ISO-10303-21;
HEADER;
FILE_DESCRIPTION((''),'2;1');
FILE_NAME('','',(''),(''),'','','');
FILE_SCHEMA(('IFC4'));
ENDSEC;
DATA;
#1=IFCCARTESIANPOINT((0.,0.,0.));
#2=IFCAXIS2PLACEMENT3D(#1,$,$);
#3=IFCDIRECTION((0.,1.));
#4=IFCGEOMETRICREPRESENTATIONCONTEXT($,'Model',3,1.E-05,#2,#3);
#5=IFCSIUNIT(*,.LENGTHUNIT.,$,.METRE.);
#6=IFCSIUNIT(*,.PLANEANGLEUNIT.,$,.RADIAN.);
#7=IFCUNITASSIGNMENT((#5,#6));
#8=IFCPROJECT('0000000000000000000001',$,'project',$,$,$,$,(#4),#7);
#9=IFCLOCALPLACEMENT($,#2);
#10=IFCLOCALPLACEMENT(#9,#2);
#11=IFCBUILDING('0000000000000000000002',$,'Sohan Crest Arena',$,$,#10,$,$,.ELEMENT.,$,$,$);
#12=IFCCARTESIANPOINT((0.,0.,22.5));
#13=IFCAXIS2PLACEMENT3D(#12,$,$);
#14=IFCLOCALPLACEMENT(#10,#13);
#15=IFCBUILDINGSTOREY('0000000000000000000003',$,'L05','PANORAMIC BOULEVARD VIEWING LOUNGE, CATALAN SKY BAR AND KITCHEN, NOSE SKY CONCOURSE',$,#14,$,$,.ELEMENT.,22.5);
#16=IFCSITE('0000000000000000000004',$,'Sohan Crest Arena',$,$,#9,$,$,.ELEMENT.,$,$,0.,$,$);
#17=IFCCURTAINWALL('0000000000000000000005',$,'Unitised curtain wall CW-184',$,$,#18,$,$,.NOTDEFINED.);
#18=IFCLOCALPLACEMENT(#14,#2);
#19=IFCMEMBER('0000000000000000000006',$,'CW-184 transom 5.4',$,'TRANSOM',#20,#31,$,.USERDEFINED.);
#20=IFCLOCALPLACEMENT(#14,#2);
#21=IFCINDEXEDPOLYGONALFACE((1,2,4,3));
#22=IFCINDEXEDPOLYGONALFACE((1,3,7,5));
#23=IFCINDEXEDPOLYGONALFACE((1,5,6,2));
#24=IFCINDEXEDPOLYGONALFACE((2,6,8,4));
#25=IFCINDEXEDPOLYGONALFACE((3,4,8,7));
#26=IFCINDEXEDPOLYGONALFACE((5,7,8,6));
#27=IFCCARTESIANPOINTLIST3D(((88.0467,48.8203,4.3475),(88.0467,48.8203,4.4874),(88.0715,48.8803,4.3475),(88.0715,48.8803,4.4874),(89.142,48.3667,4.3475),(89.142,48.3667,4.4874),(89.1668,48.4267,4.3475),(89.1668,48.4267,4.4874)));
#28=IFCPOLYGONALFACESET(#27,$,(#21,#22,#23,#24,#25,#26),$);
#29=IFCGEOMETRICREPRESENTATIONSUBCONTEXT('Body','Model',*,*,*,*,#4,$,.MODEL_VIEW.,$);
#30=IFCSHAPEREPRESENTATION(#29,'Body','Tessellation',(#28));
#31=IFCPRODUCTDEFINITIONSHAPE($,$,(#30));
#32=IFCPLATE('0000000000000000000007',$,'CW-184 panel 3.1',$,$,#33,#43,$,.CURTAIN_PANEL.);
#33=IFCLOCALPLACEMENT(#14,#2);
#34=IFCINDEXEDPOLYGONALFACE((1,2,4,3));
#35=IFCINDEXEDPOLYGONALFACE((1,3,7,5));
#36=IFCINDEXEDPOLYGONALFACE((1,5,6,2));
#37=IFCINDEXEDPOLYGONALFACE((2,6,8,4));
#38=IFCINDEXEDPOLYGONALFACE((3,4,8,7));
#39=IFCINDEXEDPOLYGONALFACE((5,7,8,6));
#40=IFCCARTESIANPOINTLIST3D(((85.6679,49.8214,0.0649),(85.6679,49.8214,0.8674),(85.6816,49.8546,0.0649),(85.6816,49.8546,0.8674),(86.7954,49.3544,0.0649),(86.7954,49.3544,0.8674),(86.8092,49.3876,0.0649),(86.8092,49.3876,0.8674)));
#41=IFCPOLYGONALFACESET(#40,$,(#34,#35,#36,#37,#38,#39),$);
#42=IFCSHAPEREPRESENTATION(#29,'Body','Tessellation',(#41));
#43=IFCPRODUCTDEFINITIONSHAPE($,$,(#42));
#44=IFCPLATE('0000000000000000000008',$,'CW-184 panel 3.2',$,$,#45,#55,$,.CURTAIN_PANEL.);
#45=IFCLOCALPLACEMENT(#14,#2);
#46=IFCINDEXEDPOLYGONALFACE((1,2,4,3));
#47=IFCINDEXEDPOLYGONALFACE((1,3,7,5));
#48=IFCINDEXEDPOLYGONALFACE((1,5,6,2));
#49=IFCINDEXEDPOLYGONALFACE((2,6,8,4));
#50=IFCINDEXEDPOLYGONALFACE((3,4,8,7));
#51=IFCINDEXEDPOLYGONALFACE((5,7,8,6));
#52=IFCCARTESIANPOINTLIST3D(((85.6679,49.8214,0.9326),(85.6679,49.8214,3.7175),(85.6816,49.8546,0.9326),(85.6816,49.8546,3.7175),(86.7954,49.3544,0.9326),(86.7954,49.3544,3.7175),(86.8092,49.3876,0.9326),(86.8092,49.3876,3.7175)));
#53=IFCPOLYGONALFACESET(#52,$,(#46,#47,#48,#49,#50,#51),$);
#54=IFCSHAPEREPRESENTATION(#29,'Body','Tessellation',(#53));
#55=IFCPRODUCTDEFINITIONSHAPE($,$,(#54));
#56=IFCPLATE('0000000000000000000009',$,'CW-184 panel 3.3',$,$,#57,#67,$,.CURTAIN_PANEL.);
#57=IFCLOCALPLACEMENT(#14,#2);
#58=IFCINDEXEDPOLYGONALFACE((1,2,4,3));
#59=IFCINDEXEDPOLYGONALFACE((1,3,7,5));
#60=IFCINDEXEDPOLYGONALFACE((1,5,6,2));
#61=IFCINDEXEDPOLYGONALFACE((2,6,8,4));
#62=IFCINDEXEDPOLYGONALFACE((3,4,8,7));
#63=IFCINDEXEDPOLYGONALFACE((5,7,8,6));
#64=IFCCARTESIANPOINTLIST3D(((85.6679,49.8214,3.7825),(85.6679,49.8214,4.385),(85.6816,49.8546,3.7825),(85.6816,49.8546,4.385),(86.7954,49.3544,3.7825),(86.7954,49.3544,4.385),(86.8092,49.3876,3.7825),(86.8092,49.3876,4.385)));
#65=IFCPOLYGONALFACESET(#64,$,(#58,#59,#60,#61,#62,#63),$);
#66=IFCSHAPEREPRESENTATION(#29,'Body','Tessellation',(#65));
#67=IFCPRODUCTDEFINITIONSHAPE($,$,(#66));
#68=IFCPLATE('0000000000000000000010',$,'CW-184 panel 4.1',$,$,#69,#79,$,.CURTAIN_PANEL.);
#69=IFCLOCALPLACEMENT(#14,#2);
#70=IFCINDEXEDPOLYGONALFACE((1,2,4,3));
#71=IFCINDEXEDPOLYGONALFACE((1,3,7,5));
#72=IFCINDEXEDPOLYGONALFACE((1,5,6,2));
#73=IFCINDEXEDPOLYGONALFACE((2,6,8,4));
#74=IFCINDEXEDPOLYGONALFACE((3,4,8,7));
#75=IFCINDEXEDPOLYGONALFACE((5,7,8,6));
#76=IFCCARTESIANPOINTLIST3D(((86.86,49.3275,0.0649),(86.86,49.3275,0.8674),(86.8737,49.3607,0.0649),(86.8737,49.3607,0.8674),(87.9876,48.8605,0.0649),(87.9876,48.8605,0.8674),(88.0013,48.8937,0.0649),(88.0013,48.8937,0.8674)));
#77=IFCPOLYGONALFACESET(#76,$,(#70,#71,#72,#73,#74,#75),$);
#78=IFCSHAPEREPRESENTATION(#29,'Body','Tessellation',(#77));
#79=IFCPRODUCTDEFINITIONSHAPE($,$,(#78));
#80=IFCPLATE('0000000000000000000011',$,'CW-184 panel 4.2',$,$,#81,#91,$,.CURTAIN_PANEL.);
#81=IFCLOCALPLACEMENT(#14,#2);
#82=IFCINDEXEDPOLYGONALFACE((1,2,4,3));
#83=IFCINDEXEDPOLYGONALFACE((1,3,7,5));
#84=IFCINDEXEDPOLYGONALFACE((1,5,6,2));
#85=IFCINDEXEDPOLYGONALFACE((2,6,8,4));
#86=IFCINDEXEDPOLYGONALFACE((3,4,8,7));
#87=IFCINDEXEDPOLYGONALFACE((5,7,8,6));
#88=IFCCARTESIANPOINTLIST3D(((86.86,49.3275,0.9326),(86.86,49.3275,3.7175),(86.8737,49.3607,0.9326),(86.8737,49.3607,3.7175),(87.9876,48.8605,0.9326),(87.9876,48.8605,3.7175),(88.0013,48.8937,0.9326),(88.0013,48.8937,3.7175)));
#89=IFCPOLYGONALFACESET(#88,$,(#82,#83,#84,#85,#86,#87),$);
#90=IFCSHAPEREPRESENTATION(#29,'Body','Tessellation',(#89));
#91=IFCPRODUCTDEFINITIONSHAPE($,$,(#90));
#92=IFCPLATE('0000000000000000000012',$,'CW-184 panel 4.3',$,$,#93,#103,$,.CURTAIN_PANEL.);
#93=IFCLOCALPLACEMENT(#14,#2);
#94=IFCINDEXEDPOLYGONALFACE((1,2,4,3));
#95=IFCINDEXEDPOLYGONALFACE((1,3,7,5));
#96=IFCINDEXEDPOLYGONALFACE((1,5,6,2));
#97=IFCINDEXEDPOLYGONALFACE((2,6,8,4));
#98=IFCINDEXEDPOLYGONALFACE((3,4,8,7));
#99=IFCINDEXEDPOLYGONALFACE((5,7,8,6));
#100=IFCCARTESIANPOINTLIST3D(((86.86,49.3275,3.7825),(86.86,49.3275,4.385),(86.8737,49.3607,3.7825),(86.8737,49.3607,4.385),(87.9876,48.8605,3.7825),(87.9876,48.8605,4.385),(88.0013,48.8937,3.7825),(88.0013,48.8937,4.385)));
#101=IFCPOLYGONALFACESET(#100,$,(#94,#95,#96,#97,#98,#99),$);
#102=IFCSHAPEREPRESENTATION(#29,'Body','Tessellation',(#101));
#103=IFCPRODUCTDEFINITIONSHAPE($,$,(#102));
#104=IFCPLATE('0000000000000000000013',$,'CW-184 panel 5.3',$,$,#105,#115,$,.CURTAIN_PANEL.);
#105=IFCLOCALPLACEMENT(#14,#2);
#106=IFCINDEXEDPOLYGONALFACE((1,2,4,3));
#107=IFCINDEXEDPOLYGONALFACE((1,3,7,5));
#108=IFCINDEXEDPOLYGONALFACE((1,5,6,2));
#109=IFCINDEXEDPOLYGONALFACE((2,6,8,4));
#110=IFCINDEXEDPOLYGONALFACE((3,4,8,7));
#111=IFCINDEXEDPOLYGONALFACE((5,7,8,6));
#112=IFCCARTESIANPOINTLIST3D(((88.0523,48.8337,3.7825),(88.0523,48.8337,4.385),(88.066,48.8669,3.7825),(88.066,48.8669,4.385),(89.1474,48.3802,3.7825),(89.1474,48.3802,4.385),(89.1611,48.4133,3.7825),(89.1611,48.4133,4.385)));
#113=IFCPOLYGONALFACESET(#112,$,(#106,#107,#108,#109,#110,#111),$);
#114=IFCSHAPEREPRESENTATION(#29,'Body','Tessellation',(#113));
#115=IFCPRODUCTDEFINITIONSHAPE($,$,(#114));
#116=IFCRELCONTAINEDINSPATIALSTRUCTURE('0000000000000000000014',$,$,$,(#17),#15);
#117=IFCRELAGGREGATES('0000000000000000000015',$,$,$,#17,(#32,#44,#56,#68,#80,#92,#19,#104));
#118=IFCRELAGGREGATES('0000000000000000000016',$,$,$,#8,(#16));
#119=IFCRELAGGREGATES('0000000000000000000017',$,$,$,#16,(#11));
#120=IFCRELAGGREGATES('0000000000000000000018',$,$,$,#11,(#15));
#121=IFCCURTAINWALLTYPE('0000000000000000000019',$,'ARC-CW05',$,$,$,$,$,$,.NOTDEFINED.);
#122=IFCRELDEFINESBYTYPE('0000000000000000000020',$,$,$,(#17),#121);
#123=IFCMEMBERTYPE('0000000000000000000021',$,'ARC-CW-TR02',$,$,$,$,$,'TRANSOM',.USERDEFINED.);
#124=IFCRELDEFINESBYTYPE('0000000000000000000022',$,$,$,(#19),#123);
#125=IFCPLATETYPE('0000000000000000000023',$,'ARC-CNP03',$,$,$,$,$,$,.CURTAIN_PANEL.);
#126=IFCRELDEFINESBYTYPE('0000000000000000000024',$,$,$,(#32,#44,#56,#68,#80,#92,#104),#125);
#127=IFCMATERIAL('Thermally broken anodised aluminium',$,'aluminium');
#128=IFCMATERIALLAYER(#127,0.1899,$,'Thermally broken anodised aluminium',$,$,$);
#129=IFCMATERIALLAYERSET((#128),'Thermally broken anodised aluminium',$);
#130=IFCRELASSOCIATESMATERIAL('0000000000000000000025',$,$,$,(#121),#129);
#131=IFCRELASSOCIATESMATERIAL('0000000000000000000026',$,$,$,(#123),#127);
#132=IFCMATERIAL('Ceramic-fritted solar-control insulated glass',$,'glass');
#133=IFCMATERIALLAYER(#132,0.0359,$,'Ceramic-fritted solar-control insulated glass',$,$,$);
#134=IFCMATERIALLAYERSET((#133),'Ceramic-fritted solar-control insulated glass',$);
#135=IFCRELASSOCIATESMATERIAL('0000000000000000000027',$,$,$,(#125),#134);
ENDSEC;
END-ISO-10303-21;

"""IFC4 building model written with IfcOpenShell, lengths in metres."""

from ifc_helpers import new_model, si_unit, direction, frame, origin, origin_2d, place, context, subcontext, project, spatial, rectangle, extrude, material, layer, layer_set, material_profile, profile_set, type_object, element, aggregate, save


model = new_model("IFC4")

# Units and contexts
model_context = context("Model", 3, precision=1e-05, world=origin(), true_north=direction((0.0, 1.0)))
body_context = subcontext(model_context, "Body", "Model", "MODEL_VIEW")
ifc_project = project(units=[si_unit("LENGTHUNIT", "METRE"), si_unit("PLANEANGLEUNIT", "RADIAN")], contexts=[model_context])

# Site, building, storey
site_placement = place(None, origin())
site = spatial("IfcSite", under=ifc_project, at=site_placement, Name="Sohan Crest Arena", CompositionType="ELEMENT", RefElevation=0.0)
building_placement = place(site_placement, origin())
building = spatial("IfcBuilding", under=site, at=building_placement, Name="Sohan Crest Arena", CompositionType="ELEMENT")
storey_placement = place(building_placement, frame((0.0, 0.0, 22.5)))
storey = spatial("IfcBuildingStorey", under=building, at=storey_placement, Name="L05", Description="PANORAMIC BOULEVARD VIEWING LOUNGE, CATALAN SKY BAR AND KITCHEN, NOSE SKY CONCOURSE", CompositionType="ELEMENT", Elevation=22.5)

# Curtain wall, member, plates
ifc_material_1 = material(Name="Thermally broken anodised aluminium", Category="aluminium")
ifc_layer_1 = layer(ifc_material_1, 0.1899, Name="Thermally broken anodised aluminium")
ifc_layer_set_1 = layer_set([ifc_layer_1], Name="Thermally broken anodised aluminium")
curtain_wall_type = type_object("IfcCurtainWallType", Name="ARC-CW05", PredefinedType="NOTDEFINED", material=ifc_layer_set_1)
curtain_wall_placement = place(storey_placement, origin())
curtain_wall = element("IfcCurtainWall", 1, at=curtain_wall_placement, inside=storey, type_object=curtain_wall_type, Name="Unitised curtain wall CW-184", PredefinedType="NOTDEFINED")
ifc_material_profile_1 = material_profile(ifc_material_1, rectangle(XDim=0.0649, YDim=0.1399, at=origin_2d()), Name="ALU-TRAN 65x140")
ifc_profile_set_1 = profile_set([ifc_material_profile_1], Name="Thermally broken anodised aluminium")
member_type_1 = type_object("IfcMemberType", Name="ARC-CW-TR02", ElementType="TRANSOM", PredefinedType="USERDEFINED", material=ifc_profile_set_1)
member_1_placement = place(storey_placement, frame((88.0591, 48.8503, 4.4175), z_axis=(0.923891, -0.382655, 0.0), x_axis=(0.382655, 0.923891, 0.0)))
member_1 = element("IfcMember", 2, at=member_1_placement, type_object=member_type_1, Name="CW-184 transom 5.4", ObjectType="TRANSOM", PredefinedType="USERDEFINED", context=body_context, shape_type="SweptSolid", body=[
    extrude(rectangle(XDim=0.0649, YDim=0.1399, at=origin_2d()), origin(), (0.0, 0.0, 1.0), 1.1855),
])
ifc_material_2 = material(Name="Ceramic-fritted solar-control insulated glass", Category="glass")
ifc_layer_2 = layer(ifc_material_2, 0.0359, Name="Ceramic-fritted solar-control insulated glass")
ifc_layer_set_2 = layer_set([ifc_layer_2], Name="Ceramic-fritted solar-control insulated glass")
plate_type = type_object("IfcPlateType", Name="ARC-CNP03", PredefinedType="CURTAIN_PANEL", material=ifc_layer_set_2)
plate_1_placement = place(storey_placement, frame((86.2385, 49.6045, 0.0649), z_axis=(0.0, 0.0, 1.0), x_axis=(0.923886, -0.382667, 0.0)))
plate_1 = element("IfcPlate", 3, at=plate_1_placement, type_object=plate_type, Name="CW-184 panel 3.1", PredefinedType="CURTAIN_PANEL", context=body_context, shape_type="SweptSolid", body=[
    extrude(rectangle(XDim=1.2205, YDim=0.0359, at=origin_2d()), origin(), (0.0, 0.0, 1.0), 0.8025),
])
plate_2_placement = place(storey_placement, frame((86.2385, 49.6045, 0.9326), z_axis=(0.0, 0.0, 1.0), x_axis=(0.923886, -0.382667, 0.0)))
plate_2 = element("IfcPlate", 4, at=plate_2_placement, type_object=plate_type, Name="CW-184 panel 3.2", PredefinedType="CURTAIN_PANEL", context=body_context, shape_type="SweptSolid", body=[
    extrude(rectangle(XDim=1.2205, YDim=0.0359, at=origin_2d()), origin(), (0.0, 0.0, 1.0), 2.7849),
])
plate_3_placement = place(storey_placement, frame((86.2385, 49.6045, 3.7825), z_axis=(0.0, 0.0, 1.0), x_axis=(0.923886, -0.382667, 0.0)))
plate_3 = element("IfcPlate", 5, at=plate_3_placement, type_object=plate_type, Name="CW-184 panel 3.3", PredefinedType="CURTAIN_PANEL", context=body_context, shape_type="SweptSolid", body=[
    extrude(rectangle(XDim=1.2205, YDim=0.0359, at=origin_2d()), origin(), (0.0, 0.0, 1.0), 0.6025),
])
plate_4_placement = place(storey_placement, frame((87.4307, 49.1106, 0.0649), z_axis=(0.0, 0.0, 1.0), x_axis=(0.923886, -0.382667, 0.0)))
plate_4 = element("IfcPlate", 6, at=plate_4_placement, type_object=plate_type, Name="CW-184 panel 4.1", PredefinedType="CURTAIN_PANEL", context=body_context, shape_type="SweptSolid", body=[
    extrude(rectangle(XDim=1.2205, YDim=0.0359, at=origin_2d()), origin(), (0.0, 0.0, 1.0), 0.8025),
])
plate_5_placement = place(storey_placement, frame((87.4307, 49.1106, 0.9326), z_axis=(0.0, 0.0, 1.0), x_axis=(0.923886, -0.382667, 0.0)))
plate_5 = element("IfcPlate", 7, at=plate_5_placement, type_object=plate_type, Name="CW-184 panel 4.2", PredefinedType="CURTAIN_PANEL", context=body_context, shape_type="SweptSolid", body=[
    extrude(rectangle(XDim=1.2205, YDim=0.0359, at=origin_2d()), origin(), (0.0, 0.0, 1.0), 2.7849),
])
plate_6_placement = place(storey_placement, frame((87.4307, 49.1106, 3.7825), z_axis=(0.0, 0.0, 1.0), x_axis=(0.923886, -0.382667, 0.0)))
plate_6 = element("IfcPlate", 8, at=plate_6_placement, type_object=plate_type, Name="CW-184 panel 4.3", PredefinedType="CURTAIN_PANEL", context=body_context, shape_type="SweptSolid", body=[
    extrude(rectangle(XDim=1.2205, YDim=0.0359, at=origin_2d()), origin(), (0.0, 0.0, 1.0), 0.6025),
])
plate_7_placement = place(storey_placement, frame((88.6067, 48.6235, 3.7825), z_axis=(0.0, 0.0, 1.0), x_axis=(0.923886, -0.382667, 0.0)))
plate_7 = element("IfcPlate", 9, at=plate_7_placement, type_object=plate_type, Name="CW-184 panel 5.3", PredefinedType="CURTAIN_PANEL", context=body_context, shape_type="SweptSolid", body=[
    extrude(rectangle(XDim=1.1853, YDim=0.0359, at=origin_2d()), origin(), (0.0, 0.0, 1.0), 0.6025),
])
aggregate(curtain_wall, [plate_1, plate_2, plate_3, plate_4, plate_5, plate_6, member_1, plate_7])

save(model, "model.ifc")
